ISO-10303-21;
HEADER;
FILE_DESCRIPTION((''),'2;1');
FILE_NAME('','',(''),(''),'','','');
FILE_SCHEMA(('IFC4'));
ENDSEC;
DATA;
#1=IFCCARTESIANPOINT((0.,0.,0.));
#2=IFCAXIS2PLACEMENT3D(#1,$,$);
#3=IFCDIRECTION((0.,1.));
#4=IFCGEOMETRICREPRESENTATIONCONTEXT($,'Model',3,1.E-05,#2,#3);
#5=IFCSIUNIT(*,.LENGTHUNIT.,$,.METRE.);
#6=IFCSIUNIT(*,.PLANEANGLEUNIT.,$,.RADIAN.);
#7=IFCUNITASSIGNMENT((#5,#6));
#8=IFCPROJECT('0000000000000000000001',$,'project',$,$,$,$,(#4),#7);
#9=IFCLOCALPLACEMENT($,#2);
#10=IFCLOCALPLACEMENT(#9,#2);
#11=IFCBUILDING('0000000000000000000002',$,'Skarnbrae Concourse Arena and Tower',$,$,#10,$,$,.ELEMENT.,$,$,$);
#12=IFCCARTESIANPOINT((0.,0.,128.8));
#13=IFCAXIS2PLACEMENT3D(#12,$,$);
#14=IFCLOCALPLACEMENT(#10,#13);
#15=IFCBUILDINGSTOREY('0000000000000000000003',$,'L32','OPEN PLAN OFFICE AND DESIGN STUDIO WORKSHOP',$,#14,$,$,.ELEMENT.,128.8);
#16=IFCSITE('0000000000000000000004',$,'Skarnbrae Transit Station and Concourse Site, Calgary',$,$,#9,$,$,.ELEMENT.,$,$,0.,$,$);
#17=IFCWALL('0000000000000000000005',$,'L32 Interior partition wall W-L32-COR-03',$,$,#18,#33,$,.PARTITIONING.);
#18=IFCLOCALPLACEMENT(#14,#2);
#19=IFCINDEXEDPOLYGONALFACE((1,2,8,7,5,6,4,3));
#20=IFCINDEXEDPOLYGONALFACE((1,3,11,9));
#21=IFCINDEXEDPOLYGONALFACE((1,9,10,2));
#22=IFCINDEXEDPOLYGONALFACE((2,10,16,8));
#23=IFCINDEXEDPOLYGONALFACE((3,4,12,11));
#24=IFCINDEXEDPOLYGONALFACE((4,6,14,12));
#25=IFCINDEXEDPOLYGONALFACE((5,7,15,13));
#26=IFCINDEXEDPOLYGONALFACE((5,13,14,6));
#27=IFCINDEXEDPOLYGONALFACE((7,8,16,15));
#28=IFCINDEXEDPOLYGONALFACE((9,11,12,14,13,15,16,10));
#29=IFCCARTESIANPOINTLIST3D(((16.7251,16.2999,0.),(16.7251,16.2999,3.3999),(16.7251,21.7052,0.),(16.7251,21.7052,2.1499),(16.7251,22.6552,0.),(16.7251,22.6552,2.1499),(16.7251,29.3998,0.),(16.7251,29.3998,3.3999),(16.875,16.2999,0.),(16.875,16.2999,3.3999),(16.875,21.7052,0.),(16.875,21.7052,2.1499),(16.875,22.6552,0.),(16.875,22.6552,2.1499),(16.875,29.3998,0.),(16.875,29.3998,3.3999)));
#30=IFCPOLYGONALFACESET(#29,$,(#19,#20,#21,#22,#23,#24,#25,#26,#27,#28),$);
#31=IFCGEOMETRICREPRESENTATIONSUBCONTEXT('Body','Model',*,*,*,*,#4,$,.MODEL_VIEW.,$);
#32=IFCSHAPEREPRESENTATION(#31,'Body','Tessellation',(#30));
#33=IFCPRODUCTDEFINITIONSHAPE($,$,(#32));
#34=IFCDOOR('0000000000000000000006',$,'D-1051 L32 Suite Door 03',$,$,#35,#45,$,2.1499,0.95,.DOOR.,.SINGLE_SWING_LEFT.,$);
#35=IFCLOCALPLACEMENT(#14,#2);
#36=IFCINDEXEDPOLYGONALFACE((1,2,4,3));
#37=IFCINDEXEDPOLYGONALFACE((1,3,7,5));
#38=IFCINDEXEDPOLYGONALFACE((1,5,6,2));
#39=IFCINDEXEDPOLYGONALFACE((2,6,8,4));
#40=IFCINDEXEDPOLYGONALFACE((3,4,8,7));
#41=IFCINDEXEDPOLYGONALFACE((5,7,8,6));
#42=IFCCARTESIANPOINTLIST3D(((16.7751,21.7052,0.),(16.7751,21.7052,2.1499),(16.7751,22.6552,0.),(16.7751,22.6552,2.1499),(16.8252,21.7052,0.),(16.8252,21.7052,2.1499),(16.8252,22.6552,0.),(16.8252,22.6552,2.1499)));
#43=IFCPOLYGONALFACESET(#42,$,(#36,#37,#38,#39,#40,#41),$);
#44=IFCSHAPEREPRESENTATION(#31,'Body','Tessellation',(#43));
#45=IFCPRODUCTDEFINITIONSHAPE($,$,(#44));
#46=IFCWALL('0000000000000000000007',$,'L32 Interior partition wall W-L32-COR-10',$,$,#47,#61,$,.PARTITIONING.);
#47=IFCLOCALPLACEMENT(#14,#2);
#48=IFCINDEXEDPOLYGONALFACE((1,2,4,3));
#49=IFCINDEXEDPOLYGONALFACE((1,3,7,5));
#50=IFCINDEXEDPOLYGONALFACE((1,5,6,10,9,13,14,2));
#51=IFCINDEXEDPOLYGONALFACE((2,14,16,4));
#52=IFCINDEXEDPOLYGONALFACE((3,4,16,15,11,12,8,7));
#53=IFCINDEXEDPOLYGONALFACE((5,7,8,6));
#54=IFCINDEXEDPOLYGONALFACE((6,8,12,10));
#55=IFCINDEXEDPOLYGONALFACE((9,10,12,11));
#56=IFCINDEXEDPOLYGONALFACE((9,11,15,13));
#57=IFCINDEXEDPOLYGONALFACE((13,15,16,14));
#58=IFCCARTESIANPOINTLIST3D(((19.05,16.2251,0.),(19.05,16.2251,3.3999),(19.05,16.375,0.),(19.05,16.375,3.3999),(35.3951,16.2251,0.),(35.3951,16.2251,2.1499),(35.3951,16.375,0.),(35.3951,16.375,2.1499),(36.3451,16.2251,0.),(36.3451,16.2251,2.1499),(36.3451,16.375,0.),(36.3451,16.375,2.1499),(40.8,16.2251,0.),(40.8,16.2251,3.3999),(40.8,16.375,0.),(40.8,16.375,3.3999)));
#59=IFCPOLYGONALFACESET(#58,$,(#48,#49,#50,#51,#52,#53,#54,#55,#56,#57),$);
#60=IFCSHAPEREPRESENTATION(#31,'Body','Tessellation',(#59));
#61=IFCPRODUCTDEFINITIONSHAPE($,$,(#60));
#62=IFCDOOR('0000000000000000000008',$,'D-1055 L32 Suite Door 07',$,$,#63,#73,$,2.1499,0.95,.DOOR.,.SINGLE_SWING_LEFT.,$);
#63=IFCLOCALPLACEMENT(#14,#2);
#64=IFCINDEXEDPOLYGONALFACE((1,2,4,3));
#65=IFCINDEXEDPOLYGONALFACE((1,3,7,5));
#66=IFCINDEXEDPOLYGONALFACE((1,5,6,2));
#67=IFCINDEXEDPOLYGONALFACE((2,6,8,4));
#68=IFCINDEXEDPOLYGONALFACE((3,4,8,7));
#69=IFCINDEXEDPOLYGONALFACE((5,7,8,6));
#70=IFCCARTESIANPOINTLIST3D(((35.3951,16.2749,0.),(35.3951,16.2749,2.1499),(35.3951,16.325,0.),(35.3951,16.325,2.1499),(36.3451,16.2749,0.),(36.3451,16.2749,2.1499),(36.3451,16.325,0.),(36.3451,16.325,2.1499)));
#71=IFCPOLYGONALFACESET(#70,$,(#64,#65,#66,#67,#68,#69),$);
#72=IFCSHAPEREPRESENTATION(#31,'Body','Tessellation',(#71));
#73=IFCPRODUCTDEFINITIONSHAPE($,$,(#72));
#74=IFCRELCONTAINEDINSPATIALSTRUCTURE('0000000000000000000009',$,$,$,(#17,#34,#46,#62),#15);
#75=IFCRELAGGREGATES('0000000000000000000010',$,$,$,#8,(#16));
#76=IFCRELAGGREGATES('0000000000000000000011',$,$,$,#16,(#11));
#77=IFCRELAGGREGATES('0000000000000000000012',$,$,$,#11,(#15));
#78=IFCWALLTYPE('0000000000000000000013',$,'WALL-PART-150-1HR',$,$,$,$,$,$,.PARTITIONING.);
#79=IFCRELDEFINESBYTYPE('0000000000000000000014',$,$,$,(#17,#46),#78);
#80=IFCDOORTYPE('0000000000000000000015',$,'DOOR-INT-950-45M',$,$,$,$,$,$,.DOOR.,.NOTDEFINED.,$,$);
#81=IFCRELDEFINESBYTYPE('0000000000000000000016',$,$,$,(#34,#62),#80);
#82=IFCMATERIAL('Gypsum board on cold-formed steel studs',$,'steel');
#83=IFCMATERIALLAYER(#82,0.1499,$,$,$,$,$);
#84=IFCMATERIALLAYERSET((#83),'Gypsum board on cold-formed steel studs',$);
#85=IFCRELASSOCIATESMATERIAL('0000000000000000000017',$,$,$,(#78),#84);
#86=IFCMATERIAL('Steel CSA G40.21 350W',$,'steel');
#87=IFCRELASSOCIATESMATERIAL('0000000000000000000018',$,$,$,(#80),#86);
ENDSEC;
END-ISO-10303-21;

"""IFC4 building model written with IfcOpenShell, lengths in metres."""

from ifc_helpers import new_model, si_unit, direction, frame, frame_2d, origin, place, context, subcontext, project, spatial, rectangle, extrude, source, transform, mapped, material, layer, layer_set, type_object, element, fill, save


model = new_model("IFC4")

# Units and contexts
model_context = context("Model", 3, precision=1e-05, world=origin(), true_north=direction((0.0, 1.0)))
body_context = subcontext(model_context, "Body", "Model", "MODEL_VIEW")
ifc_project = project(units=[si_unit("LENGTHUNIT", "METRE"), si_unit("PLANEANGLEUNIT", "RADIAN")], contexts=[model_context])

# Site, building, storey
site_placement = place(None, origin())
site = spatial("IfcSite", under=ifc_project, at=site_placement, Name="Skarnbrae Transit Station and Concourse Site, Calgary", CompositionType="ELEMENT", RefElevation=0.0)
building_placement = place(site_placement, origin())
building = spatial("IfcBuilding", under=site, at=building_placement, Name="Skarnbrae Concourse Arena and Tower", CompositionType="ELEMENT")
storey_placement = place(building_placement, frame((0.0, 0.0, 128.8)))
storey = spatial("IfcBuildingStorey", under=building, at=storey_placement, Name="L32", Description="OPEN PLAN OFFICE AND DESIGN STUDIO WORKSHOP", CompositionType="ELEMENT", Elevation=128.8)

# Shared definitions
ifc_material_1 = material(Name="Steel CSA G40.21 350W", Category="steel")

# Shared definitions
ifc_material_2 = material(Name="Gypsum board on cold-formed steel studs", Category="steel")

# Walls, openings, doors
ifc_layer_1 = layer(ifc_material_2, 0.1499)
ifc_layer_set_1 = layer_set([ifc_layer_1], Name="Gypsum board on cold-formed steel studs")
wall_type_1 = type_object("IfcWallType", Name="WALL-PART-150-1HR", PredefinedType="PARTITIONING", material=ifc_layer_set_1)
shared_shape_1 = source(origin(), body_context, "Body", "SweptSolid", [
    extrude(rectangle(XDim=13.0999, YDim=0.1499, at=frame_2d((6.5498, 0.0))), origin(), (0.0, 0.0, 1.0), 3.3999),
])
wall_1_placement = place(storey_placement, frame((16.8, 16.3, 0.0), z_axis=(0.0, 0.0, 1.0), x_axis=(0.0, 1.0, 0.0)))
wall_1 = element("IfcWall", 1, at=wall_1_placement, inside=storey, type_object=wall_type_1, Name="L32 Interior partition wall W-L32-COR-03", PredefinedType="PARTITIONING", context=body_context, shape_type="MappedRepresentation", body=[
    mapped(shared_shape_1, transform((0.0, 0.0, 0.0))),
])
opening_1_placement = place(wall_1_placement, frame((5.405, 0.0, 0.0)))
opening_1 = element("IfcOpeningElement", 2, at=opening_1_placement, cuts=wall_1, PredefinedType="OPENING", context=body_context, shape_type="SweptSolid", body=[
    extrude(rectangle(XDim=0.95, YDim=2.1499, at=frame_2d((0.4751, 1.075))), frame((0.0, 0.085, 0.0), z_axis=(0.0, -1.0, 0.0), x_axis=(1.0, 0.0, 0.0)), (0.0, 0.0, 1.0), 0.1699),
])
door_type_1 = type_object("IfcDoorType", Name="DOOR-INT-950-45M", OperationType="NOTDEFINED", PredefinedType="DOOR", material=ifc_material_1)
shared_shape_2 = source(origin(), body_context, "Body", "SweptSolid", [
    extrude(rectangle(XDim=0.95, YDim=2.1499, at=frame_2d((0.4751, 1.075))), frame((0.0, 0.0249, 0.0), z_axis=(0.0, -1.0, 0.0), x_axis=(1.0, 0.0, 0.0)), (0.0, 0.0, 1.0), 0.05),
])
door_1_placement = place(opening_1_placement, origin())
door_1 = element("IfcDoor", 3, at=door_1_placement, inside=storey, type_object=door_type_1, Name="D-1051 L32 Suite Door 03", OperationType="SINGLE_SWING_LEFT", OverallHeight=2.1499, OverallWidth=0.95, PredefinedType="DOOR", context=body_context, shape_type="MappedRepresentation", body=[
    mapped(shared_shape_2, transform((0.0, 0.0, 0.0))),
])
fill(opening_1, door_1)
shared_shape_3 = source(origin(), body_context, "Body", "SweptSolid", [
    extrude(rectangle(XDim=21.75, YDim=0.1499, at=frame_2d((10.875, 0.0))), origin(), (0.0, 0.0, 1.0), 3.3999),
])
wall_2_placement = place(storey_placement, frame((19.05, 16.3, 0.0), z_axis=(0.0, 0.0, 1.0), x_axis=(1.0, 0.0, 0.0)))
wall_2 = element("IfcWall", 4, at=wall_2_placement, inside=storey, type_object=wall_type_1, Name="L32 Interior partition wall W-L32-COR-10", PredefinedType="PARTITIONING", context=body_context, shape_type="MappedRepresentation", body=[
    mapped(shared_shape_3, transform((0.0, 0.0, 0.0))),
])
opening_2_placement = place(wall_2_placement, frame((16.345, 0.0, 0.0)))
opening_2 = element("IfcOpeningElement", 5, at=opening_2_placement, cuts=wall_2, PredefinedType="OPENING", context=body_context, shape_type="SweptSolid", body=[
    extrude(rectangle(XDim=0.95, YDim=2.1499, at=frame_2d((0.4751, 1.075))), frame((0.0, 0.085, 0.0), z_axis=(0.0, -1.0, 0.0), x_axis=(1.0, 0.0, 0.0)), (0.0, 0.0, 1.0), 0.1699),
])
door_2_placement = place(opening_2_placement, origin())
door_2 = element("IfcDoor", 6, at=door_2_placement, inside=storey, type_object=door_type_1, Name="D-1055 L32 Suite Door 07", OperationType="SINGLE_SWING_LEFT", OverallHeight=2.1499, OverallWidth=0.95, PredefinedType="DOOR", context=body_context, shape_type="MappedRepresentation", body=[
    mapped(shared_shape_2, transform((0.0, 0.0, 0.0))),
])
fill(opening_2, door_2)

save(model, "model.ifc")
